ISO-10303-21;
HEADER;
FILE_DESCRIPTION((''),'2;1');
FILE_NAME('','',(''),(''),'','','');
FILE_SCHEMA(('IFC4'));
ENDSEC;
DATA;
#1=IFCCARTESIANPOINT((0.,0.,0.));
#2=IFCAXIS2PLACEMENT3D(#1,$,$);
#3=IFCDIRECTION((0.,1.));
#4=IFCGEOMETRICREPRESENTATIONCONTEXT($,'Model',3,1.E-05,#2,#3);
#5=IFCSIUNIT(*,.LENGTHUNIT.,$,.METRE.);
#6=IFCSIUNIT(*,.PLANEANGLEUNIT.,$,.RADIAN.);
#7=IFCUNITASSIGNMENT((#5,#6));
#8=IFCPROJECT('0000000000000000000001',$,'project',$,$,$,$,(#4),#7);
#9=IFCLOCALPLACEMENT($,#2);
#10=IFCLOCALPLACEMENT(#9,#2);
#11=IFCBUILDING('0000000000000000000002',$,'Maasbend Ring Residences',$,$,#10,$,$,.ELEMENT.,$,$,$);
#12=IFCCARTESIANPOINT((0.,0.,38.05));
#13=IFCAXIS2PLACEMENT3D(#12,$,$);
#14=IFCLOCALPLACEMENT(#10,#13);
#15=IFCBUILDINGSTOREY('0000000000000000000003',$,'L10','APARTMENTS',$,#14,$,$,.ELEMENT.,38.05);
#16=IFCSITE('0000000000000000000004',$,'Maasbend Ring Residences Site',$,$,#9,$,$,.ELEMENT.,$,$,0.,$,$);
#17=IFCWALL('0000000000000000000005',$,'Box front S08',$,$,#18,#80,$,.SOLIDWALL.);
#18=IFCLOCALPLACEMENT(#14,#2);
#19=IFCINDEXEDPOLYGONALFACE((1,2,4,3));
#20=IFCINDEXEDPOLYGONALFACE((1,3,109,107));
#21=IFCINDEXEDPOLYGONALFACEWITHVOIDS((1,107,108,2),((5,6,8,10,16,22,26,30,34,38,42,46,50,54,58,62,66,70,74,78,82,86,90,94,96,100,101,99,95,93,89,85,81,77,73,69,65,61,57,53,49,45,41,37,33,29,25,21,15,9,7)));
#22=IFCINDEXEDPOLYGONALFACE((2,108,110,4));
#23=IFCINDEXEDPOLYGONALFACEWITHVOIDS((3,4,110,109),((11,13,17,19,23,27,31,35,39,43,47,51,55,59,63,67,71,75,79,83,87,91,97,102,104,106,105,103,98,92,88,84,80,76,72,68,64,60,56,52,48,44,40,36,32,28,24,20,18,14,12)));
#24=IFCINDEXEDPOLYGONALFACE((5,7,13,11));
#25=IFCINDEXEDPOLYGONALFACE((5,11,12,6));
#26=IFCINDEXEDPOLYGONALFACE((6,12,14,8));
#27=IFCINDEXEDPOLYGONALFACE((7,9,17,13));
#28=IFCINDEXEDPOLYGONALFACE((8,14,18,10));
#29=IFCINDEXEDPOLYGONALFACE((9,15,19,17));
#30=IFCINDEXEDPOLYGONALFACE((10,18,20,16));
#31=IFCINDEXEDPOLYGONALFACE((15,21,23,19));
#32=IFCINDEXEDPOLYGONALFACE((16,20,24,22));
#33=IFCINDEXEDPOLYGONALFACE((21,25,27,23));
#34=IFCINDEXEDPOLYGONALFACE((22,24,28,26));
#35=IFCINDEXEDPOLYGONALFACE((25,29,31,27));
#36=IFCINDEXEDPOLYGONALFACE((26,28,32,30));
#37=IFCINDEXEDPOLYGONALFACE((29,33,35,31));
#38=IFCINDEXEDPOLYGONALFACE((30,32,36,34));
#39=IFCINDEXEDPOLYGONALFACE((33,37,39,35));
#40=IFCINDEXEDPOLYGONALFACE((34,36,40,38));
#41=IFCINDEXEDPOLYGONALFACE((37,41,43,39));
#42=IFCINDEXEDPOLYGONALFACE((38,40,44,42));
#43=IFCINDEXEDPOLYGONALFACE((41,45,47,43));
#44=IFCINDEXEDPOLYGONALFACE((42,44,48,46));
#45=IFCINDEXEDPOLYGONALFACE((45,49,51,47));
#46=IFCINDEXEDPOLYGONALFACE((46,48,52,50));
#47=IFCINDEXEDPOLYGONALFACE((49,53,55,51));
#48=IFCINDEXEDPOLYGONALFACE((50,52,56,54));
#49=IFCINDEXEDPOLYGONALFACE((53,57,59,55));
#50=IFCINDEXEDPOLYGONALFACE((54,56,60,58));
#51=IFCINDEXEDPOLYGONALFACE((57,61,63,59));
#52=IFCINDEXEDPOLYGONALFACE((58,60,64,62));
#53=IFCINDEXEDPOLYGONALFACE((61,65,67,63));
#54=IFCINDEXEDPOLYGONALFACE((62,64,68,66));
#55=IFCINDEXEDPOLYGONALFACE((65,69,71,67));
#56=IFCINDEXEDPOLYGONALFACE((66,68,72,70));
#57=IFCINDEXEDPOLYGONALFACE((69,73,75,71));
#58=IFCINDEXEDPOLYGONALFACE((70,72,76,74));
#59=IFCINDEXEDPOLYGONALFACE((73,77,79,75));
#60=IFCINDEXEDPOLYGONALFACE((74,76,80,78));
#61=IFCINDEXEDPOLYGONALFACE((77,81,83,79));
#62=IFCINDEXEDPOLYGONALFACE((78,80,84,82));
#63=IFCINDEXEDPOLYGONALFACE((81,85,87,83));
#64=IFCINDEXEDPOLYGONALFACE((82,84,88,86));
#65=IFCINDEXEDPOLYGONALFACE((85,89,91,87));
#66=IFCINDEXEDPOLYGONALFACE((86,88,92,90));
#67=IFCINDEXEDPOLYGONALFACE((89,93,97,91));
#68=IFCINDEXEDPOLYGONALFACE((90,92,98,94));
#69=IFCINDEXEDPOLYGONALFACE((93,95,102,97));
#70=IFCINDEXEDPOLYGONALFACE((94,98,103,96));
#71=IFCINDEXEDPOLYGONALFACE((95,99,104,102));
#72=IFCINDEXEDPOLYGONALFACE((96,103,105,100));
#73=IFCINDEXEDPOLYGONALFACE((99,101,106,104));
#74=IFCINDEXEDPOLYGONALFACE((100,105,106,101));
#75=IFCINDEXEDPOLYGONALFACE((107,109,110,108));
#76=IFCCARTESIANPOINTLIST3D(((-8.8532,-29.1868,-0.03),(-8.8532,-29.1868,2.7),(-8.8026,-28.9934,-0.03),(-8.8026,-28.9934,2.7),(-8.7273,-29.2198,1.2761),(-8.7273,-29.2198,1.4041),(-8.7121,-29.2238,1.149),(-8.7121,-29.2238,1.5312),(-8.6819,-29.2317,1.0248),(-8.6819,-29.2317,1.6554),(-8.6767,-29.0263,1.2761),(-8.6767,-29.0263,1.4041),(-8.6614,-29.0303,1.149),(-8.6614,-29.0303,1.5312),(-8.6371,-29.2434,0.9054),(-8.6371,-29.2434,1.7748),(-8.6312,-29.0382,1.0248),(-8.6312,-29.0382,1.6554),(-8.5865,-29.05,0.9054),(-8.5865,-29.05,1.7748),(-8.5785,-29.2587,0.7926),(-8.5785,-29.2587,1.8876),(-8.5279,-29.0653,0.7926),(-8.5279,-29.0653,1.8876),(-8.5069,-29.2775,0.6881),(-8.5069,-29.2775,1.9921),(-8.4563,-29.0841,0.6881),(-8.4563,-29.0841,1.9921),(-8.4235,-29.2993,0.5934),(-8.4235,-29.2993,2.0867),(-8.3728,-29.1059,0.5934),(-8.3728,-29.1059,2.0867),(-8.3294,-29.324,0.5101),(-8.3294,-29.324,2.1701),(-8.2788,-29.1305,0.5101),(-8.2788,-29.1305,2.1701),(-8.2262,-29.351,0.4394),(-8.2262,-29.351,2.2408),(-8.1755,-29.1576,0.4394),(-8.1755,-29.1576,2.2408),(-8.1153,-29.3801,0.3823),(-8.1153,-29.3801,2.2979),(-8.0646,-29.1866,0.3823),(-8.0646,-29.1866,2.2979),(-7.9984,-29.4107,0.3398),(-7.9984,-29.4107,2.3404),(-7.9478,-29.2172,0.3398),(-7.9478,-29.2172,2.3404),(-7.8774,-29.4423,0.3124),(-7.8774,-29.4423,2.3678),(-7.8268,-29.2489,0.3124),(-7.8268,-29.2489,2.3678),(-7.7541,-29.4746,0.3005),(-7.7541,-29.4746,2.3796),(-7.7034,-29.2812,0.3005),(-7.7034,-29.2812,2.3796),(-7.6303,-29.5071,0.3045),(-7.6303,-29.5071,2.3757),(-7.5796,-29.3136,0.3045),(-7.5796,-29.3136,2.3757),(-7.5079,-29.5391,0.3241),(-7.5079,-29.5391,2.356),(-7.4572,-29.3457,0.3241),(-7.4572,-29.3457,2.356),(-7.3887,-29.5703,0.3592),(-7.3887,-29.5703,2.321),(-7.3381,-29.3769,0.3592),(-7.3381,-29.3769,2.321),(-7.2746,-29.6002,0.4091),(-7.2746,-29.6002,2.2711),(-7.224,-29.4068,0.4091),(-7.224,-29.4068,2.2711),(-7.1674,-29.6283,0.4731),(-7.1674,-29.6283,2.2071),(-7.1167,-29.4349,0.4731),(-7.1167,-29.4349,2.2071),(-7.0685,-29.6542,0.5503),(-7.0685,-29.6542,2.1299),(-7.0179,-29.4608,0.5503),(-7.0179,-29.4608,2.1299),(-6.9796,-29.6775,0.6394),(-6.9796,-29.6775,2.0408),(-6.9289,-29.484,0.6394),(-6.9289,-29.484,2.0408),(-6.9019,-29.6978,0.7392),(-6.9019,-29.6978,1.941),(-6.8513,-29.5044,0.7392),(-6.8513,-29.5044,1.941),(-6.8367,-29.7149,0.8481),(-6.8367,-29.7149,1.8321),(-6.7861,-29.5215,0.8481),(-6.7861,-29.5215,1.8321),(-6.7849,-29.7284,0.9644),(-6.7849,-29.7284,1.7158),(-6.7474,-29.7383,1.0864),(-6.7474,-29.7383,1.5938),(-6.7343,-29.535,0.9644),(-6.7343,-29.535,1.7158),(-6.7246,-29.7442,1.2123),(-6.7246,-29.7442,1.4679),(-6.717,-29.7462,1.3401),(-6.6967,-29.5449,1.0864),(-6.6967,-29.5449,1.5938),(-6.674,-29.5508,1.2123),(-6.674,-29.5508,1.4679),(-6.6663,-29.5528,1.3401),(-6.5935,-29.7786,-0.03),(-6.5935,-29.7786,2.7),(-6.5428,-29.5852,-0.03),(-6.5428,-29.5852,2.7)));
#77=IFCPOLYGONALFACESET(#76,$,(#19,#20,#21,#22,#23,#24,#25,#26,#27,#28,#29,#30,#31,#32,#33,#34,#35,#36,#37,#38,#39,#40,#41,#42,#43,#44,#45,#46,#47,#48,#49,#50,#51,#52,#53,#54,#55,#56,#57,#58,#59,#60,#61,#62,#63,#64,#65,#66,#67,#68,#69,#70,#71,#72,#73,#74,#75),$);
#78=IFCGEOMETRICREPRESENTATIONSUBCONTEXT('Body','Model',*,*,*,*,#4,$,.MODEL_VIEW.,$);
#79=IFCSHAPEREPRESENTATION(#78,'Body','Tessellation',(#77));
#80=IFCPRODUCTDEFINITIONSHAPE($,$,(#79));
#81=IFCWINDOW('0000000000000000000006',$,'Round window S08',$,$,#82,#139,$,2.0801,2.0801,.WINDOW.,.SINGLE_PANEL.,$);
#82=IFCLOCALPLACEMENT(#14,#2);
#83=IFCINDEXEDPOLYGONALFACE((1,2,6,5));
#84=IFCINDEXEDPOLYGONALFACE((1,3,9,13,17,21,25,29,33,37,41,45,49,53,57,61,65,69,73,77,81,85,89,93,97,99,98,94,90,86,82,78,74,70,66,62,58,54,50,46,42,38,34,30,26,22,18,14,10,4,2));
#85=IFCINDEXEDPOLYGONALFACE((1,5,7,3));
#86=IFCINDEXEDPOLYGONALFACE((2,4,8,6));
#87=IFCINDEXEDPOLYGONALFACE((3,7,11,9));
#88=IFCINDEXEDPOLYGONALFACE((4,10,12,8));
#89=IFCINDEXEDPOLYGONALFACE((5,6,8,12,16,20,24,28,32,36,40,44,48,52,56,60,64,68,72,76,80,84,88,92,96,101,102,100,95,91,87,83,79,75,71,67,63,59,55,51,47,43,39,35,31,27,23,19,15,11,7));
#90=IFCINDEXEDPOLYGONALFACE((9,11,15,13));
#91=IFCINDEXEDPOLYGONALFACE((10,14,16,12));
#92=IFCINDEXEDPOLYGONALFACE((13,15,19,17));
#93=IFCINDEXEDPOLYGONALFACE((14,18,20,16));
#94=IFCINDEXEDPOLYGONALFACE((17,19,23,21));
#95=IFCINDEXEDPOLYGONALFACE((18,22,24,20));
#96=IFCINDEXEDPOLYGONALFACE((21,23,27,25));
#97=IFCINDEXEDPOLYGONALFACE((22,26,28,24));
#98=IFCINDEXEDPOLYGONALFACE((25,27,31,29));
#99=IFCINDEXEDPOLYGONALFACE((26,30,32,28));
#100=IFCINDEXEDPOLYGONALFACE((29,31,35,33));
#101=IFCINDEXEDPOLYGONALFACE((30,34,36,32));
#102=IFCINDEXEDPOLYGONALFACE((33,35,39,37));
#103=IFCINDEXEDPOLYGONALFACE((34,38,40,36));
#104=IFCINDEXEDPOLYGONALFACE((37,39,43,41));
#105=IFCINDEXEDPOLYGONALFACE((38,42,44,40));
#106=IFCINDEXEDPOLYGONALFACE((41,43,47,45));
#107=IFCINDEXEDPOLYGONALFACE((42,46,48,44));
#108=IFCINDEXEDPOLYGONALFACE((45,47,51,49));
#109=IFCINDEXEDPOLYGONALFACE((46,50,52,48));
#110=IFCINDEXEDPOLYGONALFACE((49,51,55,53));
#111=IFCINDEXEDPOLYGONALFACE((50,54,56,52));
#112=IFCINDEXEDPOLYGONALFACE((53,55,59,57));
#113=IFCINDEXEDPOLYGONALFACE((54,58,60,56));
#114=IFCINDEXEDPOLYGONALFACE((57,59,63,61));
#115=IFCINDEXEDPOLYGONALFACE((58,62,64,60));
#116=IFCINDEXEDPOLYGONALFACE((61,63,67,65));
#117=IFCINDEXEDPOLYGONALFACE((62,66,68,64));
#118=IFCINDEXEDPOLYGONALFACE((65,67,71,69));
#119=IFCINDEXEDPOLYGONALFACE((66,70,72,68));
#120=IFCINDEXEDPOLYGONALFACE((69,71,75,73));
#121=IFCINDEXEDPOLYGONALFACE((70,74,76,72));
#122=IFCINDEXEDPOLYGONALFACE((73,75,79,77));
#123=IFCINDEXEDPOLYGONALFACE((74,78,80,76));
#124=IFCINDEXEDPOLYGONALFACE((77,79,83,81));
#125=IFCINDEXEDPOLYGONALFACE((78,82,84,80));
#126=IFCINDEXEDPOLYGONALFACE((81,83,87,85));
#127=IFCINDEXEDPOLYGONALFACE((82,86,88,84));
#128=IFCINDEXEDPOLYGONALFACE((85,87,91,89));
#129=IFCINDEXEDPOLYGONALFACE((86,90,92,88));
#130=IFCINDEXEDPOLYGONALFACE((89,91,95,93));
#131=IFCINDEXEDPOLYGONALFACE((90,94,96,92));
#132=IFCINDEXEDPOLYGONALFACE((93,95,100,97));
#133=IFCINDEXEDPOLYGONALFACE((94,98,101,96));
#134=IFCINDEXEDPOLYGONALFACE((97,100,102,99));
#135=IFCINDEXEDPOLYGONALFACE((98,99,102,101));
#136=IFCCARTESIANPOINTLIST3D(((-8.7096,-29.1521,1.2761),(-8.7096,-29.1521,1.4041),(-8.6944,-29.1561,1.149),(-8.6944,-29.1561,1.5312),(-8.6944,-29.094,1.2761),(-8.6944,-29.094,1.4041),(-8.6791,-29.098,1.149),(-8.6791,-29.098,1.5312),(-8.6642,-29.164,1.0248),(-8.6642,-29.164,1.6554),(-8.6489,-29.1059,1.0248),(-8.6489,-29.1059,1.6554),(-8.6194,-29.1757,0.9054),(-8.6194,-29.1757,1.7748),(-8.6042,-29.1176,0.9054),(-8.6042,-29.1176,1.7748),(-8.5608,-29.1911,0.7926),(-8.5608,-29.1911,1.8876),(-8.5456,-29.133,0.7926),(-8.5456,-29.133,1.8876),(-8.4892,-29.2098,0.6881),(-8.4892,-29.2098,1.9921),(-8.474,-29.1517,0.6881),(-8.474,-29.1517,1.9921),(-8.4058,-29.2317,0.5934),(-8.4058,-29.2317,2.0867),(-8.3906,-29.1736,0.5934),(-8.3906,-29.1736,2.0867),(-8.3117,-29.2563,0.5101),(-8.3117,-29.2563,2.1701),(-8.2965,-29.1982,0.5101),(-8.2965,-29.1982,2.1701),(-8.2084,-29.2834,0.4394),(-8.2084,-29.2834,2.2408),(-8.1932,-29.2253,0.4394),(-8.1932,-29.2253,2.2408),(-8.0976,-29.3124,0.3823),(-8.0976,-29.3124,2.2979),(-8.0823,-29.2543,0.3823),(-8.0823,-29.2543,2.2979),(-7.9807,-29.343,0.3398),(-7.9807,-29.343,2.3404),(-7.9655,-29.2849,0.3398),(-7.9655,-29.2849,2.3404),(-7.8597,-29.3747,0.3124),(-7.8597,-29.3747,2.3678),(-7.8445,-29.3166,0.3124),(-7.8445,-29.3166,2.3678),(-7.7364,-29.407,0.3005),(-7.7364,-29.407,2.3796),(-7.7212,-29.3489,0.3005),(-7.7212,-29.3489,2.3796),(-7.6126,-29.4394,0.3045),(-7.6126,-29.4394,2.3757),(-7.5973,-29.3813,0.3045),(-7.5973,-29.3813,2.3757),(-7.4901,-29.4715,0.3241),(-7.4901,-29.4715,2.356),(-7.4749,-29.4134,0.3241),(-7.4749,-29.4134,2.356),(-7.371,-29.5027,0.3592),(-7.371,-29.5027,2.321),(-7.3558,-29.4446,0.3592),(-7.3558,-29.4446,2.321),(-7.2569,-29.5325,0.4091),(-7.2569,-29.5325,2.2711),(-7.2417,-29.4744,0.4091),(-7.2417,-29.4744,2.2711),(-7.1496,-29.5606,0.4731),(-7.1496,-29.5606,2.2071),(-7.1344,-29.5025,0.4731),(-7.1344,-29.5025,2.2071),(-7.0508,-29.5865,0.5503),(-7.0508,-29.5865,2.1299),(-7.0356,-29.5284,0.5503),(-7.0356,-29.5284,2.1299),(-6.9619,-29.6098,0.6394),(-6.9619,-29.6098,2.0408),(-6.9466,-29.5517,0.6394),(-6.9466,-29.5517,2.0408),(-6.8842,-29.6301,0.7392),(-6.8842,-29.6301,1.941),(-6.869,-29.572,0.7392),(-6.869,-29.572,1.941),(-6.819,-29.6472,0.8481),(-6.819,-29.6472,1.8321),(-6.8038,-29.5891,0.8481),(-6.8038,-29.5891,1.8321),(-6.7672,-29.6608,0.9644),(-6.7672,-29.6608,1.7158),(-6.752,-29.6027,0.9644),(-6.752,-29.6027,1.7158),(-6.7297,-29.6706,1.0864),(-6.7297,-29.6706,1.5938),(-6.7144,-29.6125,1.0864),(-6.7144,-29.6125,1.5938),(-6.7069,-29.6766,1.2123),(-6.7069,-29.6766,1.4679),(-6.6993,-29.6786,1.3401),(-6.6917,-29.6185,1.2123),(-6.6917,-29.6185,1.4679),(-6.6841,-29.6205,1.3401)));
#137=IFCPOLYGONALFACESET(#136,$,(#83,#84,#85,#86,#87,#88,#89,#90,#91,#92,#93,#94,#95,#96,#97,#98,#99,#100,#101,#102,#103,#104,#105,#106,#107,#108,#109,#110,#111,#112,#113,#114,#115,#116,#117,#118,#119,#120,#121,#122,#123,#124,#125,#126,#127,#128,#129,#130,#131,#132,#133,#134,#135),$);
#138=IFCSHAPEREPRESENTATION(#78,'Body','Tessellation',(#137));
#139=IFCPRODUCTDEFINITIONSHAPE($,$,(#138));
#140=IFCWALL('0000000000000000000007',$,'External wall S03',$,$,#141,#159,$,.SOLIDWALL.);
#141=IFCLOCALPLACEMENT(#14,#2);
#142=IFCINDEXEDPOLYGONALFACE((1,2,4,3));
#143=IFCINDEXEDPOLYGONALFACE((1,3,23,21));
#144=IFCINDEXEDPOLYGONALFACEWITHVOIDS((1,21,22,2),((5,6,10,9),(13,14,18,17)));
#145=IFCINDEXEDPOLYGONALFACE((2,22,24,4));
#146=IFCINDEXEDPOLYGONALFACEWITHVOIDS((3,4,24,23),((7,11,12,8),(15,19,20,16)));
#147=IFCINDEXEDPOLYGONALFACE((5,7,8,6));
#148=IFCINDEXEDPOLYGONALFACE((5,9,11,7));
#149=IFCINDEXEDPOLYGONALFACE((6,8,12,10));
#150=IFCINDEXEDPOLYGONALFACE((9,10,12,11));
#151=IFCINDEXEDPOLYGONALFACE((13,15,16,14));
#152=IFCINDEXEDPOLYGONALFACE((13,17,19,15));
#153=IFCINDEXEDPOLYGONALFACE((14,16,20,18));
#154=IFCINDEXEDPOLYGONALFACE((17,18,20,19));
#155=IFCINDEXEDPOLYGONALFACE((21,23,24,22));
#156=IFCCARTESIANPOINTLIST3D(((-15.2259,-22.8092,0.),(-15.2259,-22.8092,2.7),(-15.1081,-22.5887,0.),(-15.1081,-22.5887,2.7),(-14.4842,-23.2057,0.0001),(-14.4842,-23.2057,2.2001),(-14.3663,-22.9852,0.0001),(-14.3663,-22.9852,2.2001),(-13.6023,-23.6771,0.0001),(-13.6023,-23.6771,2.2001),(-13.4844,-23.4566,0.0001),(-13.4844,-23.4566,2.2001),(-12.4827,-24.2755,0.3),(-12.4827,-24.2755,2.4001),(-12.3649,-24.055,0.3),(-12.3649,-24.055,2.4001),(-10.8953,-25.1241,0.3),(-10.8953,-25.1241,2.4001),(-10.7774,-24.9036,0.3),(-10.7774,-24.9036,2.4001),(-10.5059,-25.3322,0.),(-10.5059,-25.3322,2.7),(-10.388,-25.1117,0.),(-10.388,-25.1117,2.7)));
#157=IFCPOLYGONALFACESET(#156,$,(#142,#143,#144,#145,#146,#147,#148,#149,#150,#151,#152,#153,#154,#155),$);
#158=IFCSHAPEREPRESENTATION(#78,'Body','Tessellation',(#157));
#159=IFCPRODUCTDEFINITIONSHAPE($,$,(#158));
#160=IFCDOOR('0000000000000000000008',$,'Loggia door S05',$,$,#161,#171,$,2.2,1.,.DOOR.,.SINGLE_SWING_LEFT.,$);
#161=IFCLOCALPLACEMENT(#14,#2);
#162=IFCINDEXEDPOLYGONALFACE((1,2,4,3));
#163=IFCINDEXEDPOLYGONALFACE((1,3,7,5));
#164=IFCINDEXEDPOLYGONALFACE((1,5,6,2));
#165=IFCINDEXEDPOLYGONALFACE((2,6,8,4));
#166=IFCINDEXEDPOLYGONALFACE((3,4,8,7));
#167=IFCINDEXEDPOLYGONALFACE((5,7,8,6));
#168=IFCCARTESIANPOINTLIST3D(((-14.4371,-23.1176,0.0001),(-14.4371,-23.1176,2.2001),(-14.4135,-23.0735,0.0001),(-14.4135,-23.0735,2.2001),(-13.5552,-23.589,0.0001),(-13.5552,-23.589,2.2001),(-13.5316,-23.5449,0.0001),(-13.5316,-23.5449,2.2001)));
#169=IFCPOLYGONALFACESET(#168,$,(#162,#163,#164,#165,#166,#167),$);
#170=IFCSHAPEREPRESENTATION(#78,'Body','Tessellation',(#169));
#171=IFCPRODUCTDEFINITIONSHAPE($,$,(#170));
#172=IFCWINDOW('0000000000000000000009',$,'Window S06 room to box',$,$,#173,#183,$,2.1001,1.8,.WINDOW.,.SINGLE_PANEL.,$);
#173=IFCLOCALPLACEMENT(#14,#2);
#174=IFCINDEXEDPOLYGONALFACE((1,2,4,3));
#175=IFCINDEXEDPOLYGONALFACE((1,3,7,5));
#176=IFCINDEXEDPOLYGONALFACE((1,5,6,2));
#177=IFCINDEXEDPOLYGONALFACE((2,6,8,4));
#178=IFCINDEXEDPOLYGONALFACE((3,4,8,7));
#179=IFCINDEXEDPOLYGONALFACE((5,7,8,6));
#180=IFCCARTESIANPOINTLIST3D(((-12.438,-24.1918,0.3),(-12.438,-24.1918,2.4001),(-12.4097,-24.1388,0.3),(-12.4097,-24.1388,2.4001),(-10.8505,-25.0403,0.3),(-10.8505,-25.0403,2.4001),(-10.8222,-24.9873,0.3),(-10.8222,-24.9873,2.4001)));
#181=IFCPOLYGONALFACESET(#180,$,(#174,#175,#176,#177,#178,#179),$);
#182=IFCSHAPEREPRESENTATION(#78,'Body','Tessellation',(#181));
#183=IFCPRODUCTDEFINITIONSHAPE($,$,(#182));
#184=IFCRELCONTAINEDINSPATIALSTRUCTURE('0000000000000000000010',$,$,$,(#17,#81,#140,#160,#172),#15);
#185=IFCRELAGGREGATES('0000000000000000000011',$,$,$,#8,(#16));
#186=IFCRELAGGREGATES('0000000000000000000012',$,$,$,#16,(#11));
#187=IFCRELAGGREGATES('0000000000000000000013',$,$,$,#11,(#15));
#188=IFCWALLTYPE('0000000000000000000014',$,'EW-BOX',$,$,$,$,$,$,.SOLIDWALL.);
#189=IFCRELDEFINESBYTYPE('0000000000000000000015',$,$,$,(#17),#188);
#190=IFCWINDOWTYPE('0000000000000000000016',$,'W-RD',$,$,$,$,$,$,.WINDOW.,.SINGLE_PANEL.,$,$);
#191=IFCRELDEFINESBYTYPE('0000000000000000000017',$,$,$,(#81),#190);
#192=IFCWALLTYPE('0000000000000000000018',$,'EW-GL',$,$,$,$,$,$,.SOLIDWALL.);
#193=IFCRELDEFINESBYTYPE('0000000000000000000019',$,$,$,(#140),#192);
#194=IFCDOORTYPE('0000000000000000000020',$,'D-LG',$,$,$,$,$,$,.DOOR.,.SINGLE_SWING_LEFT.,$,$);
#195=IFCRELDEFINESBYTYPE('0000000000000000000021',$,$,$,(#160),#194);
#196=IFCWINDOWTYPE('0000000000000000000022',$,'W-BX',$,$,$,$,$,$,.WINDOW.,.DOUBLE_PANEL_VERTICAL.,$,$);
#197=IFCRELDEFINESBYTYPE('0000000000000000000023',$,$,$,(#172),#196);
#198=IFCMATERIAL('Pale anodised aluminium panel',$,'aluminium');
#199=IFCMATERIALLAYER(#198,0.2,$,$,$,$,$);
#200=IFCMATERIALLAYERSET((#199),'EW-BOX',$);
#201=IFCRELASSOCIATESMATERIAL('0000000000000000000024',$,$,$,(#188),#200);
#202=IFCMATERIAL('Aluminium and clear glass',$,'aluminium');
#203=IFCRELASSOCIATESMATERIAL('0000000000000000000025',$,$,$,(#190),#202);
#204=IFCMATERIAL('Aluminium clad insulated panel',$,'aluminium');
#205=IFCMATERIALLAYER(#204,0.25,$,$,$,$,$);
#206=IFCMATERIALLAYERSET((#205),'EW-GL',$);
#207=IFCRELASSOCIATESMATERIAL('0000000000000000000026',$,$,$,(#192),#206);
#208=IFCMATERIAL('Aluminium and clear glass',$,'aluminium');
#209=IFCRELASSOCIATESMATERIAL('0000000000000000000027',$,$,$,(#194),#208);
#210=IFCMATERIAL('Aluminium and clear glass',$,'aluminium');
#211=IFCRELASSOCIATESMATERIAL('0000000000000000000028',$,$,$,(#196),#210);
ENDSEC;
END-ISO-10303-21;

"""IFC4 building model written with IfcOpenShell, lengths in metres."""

from ifc_helpers import new_model, si_unit, direction, frame, frame_2d, origin, place, context, subcontext, project, spatial, rectangle, circle, extrude, material, layer, layer_set, type_object, element, fill, save


model = new_model("IFC4")

# Units and contexts
model_context = context("Model", 3, precision=1e-05, world=origin(), true_north=direction((0.0, 1.0)))
body_context = subcontext(model_context, "Body", "Model", "MODEL_VIEW")
ifc_project = project(units=[si_unit("LENGTHUNIT", "METRE"), si_unit("PLANEANGLEUNIT", "RADIAN")], contexts=[model_context])

# Site, building, storey
site_placement = place(None, origin())
site = spatial("IfcSite", under=ifc_project, at=site_placement, Name="Maasbend Ring Residences Site", CompositionType="ELEMENT", RefElevation=0.0)
building_placement = place(site_placement, origin())
building = spatial("IfcBuilding", under=site, at=building_placement, Name="Maasbend Ring Residences", CompositionType="ELEMENT")
storey_placement = place(building_placement, frame((0.0, 0.0, 38.05)))
storey = spatial("IfcBuildingStorey", under=building, at=storey_placement, Name="L10", Description="APARTMENTS", CompositionType="ELEMENT", Elevation=38.05)

# Shared definitions
ifc_material_1 = material(Name="Pale anodised aluminium panel", Category="aluminium")
ifc_layer_1 = layer(ifc_material_1, 0.2)
ifc_layer_set_1 = layer_set([ifc_layer_1], Name="EW-BOX")
wall_type_1 = type_object("IfcWallType", Name="EW-BOX", PredefinedType="SOLIDWALL", material=ifc_layer_set_1)
ifc_material_2 = material(Name="Aluminium and clear glass", Category="aluminium")
window_type_1 = type_object("IfcWindowType", Name="W-RD", PartitioningType="SINGLE_PANEL", PredefinedType="WINDOW", material=ifc_material_2)

# Wall, opening, window
wall_1_placement = place(storey_placement, frame((-8.8279, -29.0901, -0.03), z_axis=(0.0, 0.0, 1.0), x_axis=(0.967377, -0.253341, 0.0)))
wall_1 = element("IfcWall", 1, at=wall_1_placement, inside=storey, type_object=wall_type_1, Name="Box front S08", PredefinedType="SOLIDWALL", context=body_context, shape_type="SweptSolid", body=[
    extrude(rectangle(XDim=2.3359, YDim=0.2, at=frame_2d((1.168, 0.0))), origin(), (0.0, 0.0, 1.0), 2.73),
])
opening_1_placement = place(wall_1_placement, frame((0.1282, 0.0, 0.3301)))
opening_1 = element("IfcOpeningElement", 2, at=opening_1_placement, cuts=wall_1, PredefinedType="OPENING", context=body_context, shape_type="SweptSolid", body=[
    extrude(circle(Radius=1.04, at=frame_2d((1.04, 1.04))), frame((0.0, 0.1099, 0.0), z_axis=(0.0, -1.0, 0.0), x_axis=(1.0, 0.0, 0.0)), (0.0, 0.0, 1.0), 0.22),
])
window_1_placement = place(opening_1_placement, origin())
window_1 = element("IfcWindow", 3, at=window_1_placement, inside=storey, type_object=window_type_1, Name="Round window S08", OverallHeight=2.0801, OverallWidth=2.0801, PartitioningType="SINGLE_PANEL", PredefinedType="WINDOW", context=body_context, shape_type="SweptSolid", body=[
    extrude(circle(Radius=1.04, at=frame_2d((1.04, 1.04))), frame((0.0, 0.03, 0.0), z_axis=(0.0, -1.0, 0.0), x_axis=(1.0, 0.0, 0.0)), (0.0, 0.0, 1.0), 0.0601),
])
fill(opening_1, window_1)

# Wall, openings, door, window
ifc_material_3 = material(Name="Aluminium clad insulated panel", Category="aluminium")
ifc_layer_2 = layer(ifc_material_3, 0.25)
ifc_layer_set_2 = layer_set([ifc_layer_2], Name="EW-GL")
wall_type_2 = type_object("IfcWallType", Name="EW-GL", PredefinedType="SOLIDWALL", material=ifc_layer_set_2)
wall_2_placement = place(storey_placement, frame((-15.167, -22.699, 0.0), z_axis=(0.0, 0.0, 1.0), x_axis=(0.881916, -0.471407, 0.0)))
wall_2 = element("IfcWall", 4, at=wall_2_placement, inside=storey, type_object=wall_type_2, Name="External wall S03", PredefinedType="SOLIDWALL", context=body_context, shape_type="SweptSolid", body=[
    extrude(rectangle(XDim=5.3521, YDim=0.25, at=frame_2d((2.676, 0.0))), origin(), (0.0, 0.0, 1.0), 2.7),
])
opening_2_placement = place(wall_2_placement, frame((0.8411, 0.0, 0.0)))
opening_2 = element("IfcOpeningElement", 5, at=opening_2_placement, cuts=wall_2, PredefinedType="OPENING", context=body_context, shape_type="SweptSolid", body=[
    extrude(rectangle(XDim=1.0, YDim=2.2, at=frame_2d((0.5, 1.1001))), frame((0.0, 0.135, 0.0), z_axis=(0.0, -1.0, 0.0), x_axis=(1.0, 0.0, 0.0)), (0.0, 0.0, 1.0), 0.27),
])
opening_3_placement = place(wall_2_placement, frame((3.1106, 0.0, 0.3)))
opening_3 = element("IfcOpeningElement", 6, at=opening_3_placement, cuts=wall_2, PredefinedType="OPENING", context=body_context, shape_type="SweptSolid", body=[
    extrude(rectangle(XDim=1.8, YDim=2.1001, at=frame_2d((0.8999, 1.05))), frame((0.0, 0.135, 0.0), z_axis=(0.0, -1.0, 0.0), x_axis=(1.0, 0.0, 0.0)), (0.0, 0.0, 1.0), 0.27),
])
ifc_material_4 = material(Name="Aluminium and clear glass", Category="aluminium")
door_type_1 = type_object("IfcDoorType", Name="D-LG", OperationType="SINGLE_SWING_LEFT", PredefinedType="DOOR", material=ifc_material_4)
door_1_placement = place(opening_2_placement, origin())
door_1 = element("IfcDoor", 7, at=door_1_placement, inside=storey, type_object=door_type_1, Name="Loggia door S05", OperationType="SINGLE_SWING_LEFT", OverallHeight=2.2, OverallWidth=1.0, PredefinedType="DOOR", context=body_context, shape_type="SweptSolid", body=[
    extrude(rectangle(XDim=1.0, YDim=2.2, at=frame_2d((0.5, 1.1001))), frame((0.0, 0.0249, 0.0), z_axis=(0.0, -1.0, 0.0), x_axis=(1.0, 0.0, 0.0)), (0.0, 0.0, 1.0), 0.05),
])
fill(opening_2, door_1)
ifc_material_5 = material(Name="Aluminium and clear glass", Category="aluminium")
window_type_2 = type_object("IfcWindowType", Name="W-BX", PartitioningType="DOUBLE_PANEL_VERTICAL", PredefinedType="WINDOW", material=ifc_material_5)
window_2_placement = place(opening_3_placement, origin())
window_2 = element("IfcWindow", 8, at=window_2_placement, inside=storey, type_object=window_type_2, Name="Window S06 room to box", OverallHeight=2.1001, OverallWidth=1.8, PartitioningType="SINGLE_PANEL", PredefinedType="WINDOW", context=body_context, shape_type="SweptSolid", body=[
    extrude(rectangle(XDim=1.8, YDim=2.1001, at=frame_2d((0.8999, 1.05))), frame((0.0, 0.03, 0.0), z_axis=(0.0, -1.0, 0.0), x_axis=(1.0, 0.0, 0.0)), (0.0, 0.0, 1.0), 0.0601),
])
fill(opening_3, window_2)

save(model, "model.ifc")
